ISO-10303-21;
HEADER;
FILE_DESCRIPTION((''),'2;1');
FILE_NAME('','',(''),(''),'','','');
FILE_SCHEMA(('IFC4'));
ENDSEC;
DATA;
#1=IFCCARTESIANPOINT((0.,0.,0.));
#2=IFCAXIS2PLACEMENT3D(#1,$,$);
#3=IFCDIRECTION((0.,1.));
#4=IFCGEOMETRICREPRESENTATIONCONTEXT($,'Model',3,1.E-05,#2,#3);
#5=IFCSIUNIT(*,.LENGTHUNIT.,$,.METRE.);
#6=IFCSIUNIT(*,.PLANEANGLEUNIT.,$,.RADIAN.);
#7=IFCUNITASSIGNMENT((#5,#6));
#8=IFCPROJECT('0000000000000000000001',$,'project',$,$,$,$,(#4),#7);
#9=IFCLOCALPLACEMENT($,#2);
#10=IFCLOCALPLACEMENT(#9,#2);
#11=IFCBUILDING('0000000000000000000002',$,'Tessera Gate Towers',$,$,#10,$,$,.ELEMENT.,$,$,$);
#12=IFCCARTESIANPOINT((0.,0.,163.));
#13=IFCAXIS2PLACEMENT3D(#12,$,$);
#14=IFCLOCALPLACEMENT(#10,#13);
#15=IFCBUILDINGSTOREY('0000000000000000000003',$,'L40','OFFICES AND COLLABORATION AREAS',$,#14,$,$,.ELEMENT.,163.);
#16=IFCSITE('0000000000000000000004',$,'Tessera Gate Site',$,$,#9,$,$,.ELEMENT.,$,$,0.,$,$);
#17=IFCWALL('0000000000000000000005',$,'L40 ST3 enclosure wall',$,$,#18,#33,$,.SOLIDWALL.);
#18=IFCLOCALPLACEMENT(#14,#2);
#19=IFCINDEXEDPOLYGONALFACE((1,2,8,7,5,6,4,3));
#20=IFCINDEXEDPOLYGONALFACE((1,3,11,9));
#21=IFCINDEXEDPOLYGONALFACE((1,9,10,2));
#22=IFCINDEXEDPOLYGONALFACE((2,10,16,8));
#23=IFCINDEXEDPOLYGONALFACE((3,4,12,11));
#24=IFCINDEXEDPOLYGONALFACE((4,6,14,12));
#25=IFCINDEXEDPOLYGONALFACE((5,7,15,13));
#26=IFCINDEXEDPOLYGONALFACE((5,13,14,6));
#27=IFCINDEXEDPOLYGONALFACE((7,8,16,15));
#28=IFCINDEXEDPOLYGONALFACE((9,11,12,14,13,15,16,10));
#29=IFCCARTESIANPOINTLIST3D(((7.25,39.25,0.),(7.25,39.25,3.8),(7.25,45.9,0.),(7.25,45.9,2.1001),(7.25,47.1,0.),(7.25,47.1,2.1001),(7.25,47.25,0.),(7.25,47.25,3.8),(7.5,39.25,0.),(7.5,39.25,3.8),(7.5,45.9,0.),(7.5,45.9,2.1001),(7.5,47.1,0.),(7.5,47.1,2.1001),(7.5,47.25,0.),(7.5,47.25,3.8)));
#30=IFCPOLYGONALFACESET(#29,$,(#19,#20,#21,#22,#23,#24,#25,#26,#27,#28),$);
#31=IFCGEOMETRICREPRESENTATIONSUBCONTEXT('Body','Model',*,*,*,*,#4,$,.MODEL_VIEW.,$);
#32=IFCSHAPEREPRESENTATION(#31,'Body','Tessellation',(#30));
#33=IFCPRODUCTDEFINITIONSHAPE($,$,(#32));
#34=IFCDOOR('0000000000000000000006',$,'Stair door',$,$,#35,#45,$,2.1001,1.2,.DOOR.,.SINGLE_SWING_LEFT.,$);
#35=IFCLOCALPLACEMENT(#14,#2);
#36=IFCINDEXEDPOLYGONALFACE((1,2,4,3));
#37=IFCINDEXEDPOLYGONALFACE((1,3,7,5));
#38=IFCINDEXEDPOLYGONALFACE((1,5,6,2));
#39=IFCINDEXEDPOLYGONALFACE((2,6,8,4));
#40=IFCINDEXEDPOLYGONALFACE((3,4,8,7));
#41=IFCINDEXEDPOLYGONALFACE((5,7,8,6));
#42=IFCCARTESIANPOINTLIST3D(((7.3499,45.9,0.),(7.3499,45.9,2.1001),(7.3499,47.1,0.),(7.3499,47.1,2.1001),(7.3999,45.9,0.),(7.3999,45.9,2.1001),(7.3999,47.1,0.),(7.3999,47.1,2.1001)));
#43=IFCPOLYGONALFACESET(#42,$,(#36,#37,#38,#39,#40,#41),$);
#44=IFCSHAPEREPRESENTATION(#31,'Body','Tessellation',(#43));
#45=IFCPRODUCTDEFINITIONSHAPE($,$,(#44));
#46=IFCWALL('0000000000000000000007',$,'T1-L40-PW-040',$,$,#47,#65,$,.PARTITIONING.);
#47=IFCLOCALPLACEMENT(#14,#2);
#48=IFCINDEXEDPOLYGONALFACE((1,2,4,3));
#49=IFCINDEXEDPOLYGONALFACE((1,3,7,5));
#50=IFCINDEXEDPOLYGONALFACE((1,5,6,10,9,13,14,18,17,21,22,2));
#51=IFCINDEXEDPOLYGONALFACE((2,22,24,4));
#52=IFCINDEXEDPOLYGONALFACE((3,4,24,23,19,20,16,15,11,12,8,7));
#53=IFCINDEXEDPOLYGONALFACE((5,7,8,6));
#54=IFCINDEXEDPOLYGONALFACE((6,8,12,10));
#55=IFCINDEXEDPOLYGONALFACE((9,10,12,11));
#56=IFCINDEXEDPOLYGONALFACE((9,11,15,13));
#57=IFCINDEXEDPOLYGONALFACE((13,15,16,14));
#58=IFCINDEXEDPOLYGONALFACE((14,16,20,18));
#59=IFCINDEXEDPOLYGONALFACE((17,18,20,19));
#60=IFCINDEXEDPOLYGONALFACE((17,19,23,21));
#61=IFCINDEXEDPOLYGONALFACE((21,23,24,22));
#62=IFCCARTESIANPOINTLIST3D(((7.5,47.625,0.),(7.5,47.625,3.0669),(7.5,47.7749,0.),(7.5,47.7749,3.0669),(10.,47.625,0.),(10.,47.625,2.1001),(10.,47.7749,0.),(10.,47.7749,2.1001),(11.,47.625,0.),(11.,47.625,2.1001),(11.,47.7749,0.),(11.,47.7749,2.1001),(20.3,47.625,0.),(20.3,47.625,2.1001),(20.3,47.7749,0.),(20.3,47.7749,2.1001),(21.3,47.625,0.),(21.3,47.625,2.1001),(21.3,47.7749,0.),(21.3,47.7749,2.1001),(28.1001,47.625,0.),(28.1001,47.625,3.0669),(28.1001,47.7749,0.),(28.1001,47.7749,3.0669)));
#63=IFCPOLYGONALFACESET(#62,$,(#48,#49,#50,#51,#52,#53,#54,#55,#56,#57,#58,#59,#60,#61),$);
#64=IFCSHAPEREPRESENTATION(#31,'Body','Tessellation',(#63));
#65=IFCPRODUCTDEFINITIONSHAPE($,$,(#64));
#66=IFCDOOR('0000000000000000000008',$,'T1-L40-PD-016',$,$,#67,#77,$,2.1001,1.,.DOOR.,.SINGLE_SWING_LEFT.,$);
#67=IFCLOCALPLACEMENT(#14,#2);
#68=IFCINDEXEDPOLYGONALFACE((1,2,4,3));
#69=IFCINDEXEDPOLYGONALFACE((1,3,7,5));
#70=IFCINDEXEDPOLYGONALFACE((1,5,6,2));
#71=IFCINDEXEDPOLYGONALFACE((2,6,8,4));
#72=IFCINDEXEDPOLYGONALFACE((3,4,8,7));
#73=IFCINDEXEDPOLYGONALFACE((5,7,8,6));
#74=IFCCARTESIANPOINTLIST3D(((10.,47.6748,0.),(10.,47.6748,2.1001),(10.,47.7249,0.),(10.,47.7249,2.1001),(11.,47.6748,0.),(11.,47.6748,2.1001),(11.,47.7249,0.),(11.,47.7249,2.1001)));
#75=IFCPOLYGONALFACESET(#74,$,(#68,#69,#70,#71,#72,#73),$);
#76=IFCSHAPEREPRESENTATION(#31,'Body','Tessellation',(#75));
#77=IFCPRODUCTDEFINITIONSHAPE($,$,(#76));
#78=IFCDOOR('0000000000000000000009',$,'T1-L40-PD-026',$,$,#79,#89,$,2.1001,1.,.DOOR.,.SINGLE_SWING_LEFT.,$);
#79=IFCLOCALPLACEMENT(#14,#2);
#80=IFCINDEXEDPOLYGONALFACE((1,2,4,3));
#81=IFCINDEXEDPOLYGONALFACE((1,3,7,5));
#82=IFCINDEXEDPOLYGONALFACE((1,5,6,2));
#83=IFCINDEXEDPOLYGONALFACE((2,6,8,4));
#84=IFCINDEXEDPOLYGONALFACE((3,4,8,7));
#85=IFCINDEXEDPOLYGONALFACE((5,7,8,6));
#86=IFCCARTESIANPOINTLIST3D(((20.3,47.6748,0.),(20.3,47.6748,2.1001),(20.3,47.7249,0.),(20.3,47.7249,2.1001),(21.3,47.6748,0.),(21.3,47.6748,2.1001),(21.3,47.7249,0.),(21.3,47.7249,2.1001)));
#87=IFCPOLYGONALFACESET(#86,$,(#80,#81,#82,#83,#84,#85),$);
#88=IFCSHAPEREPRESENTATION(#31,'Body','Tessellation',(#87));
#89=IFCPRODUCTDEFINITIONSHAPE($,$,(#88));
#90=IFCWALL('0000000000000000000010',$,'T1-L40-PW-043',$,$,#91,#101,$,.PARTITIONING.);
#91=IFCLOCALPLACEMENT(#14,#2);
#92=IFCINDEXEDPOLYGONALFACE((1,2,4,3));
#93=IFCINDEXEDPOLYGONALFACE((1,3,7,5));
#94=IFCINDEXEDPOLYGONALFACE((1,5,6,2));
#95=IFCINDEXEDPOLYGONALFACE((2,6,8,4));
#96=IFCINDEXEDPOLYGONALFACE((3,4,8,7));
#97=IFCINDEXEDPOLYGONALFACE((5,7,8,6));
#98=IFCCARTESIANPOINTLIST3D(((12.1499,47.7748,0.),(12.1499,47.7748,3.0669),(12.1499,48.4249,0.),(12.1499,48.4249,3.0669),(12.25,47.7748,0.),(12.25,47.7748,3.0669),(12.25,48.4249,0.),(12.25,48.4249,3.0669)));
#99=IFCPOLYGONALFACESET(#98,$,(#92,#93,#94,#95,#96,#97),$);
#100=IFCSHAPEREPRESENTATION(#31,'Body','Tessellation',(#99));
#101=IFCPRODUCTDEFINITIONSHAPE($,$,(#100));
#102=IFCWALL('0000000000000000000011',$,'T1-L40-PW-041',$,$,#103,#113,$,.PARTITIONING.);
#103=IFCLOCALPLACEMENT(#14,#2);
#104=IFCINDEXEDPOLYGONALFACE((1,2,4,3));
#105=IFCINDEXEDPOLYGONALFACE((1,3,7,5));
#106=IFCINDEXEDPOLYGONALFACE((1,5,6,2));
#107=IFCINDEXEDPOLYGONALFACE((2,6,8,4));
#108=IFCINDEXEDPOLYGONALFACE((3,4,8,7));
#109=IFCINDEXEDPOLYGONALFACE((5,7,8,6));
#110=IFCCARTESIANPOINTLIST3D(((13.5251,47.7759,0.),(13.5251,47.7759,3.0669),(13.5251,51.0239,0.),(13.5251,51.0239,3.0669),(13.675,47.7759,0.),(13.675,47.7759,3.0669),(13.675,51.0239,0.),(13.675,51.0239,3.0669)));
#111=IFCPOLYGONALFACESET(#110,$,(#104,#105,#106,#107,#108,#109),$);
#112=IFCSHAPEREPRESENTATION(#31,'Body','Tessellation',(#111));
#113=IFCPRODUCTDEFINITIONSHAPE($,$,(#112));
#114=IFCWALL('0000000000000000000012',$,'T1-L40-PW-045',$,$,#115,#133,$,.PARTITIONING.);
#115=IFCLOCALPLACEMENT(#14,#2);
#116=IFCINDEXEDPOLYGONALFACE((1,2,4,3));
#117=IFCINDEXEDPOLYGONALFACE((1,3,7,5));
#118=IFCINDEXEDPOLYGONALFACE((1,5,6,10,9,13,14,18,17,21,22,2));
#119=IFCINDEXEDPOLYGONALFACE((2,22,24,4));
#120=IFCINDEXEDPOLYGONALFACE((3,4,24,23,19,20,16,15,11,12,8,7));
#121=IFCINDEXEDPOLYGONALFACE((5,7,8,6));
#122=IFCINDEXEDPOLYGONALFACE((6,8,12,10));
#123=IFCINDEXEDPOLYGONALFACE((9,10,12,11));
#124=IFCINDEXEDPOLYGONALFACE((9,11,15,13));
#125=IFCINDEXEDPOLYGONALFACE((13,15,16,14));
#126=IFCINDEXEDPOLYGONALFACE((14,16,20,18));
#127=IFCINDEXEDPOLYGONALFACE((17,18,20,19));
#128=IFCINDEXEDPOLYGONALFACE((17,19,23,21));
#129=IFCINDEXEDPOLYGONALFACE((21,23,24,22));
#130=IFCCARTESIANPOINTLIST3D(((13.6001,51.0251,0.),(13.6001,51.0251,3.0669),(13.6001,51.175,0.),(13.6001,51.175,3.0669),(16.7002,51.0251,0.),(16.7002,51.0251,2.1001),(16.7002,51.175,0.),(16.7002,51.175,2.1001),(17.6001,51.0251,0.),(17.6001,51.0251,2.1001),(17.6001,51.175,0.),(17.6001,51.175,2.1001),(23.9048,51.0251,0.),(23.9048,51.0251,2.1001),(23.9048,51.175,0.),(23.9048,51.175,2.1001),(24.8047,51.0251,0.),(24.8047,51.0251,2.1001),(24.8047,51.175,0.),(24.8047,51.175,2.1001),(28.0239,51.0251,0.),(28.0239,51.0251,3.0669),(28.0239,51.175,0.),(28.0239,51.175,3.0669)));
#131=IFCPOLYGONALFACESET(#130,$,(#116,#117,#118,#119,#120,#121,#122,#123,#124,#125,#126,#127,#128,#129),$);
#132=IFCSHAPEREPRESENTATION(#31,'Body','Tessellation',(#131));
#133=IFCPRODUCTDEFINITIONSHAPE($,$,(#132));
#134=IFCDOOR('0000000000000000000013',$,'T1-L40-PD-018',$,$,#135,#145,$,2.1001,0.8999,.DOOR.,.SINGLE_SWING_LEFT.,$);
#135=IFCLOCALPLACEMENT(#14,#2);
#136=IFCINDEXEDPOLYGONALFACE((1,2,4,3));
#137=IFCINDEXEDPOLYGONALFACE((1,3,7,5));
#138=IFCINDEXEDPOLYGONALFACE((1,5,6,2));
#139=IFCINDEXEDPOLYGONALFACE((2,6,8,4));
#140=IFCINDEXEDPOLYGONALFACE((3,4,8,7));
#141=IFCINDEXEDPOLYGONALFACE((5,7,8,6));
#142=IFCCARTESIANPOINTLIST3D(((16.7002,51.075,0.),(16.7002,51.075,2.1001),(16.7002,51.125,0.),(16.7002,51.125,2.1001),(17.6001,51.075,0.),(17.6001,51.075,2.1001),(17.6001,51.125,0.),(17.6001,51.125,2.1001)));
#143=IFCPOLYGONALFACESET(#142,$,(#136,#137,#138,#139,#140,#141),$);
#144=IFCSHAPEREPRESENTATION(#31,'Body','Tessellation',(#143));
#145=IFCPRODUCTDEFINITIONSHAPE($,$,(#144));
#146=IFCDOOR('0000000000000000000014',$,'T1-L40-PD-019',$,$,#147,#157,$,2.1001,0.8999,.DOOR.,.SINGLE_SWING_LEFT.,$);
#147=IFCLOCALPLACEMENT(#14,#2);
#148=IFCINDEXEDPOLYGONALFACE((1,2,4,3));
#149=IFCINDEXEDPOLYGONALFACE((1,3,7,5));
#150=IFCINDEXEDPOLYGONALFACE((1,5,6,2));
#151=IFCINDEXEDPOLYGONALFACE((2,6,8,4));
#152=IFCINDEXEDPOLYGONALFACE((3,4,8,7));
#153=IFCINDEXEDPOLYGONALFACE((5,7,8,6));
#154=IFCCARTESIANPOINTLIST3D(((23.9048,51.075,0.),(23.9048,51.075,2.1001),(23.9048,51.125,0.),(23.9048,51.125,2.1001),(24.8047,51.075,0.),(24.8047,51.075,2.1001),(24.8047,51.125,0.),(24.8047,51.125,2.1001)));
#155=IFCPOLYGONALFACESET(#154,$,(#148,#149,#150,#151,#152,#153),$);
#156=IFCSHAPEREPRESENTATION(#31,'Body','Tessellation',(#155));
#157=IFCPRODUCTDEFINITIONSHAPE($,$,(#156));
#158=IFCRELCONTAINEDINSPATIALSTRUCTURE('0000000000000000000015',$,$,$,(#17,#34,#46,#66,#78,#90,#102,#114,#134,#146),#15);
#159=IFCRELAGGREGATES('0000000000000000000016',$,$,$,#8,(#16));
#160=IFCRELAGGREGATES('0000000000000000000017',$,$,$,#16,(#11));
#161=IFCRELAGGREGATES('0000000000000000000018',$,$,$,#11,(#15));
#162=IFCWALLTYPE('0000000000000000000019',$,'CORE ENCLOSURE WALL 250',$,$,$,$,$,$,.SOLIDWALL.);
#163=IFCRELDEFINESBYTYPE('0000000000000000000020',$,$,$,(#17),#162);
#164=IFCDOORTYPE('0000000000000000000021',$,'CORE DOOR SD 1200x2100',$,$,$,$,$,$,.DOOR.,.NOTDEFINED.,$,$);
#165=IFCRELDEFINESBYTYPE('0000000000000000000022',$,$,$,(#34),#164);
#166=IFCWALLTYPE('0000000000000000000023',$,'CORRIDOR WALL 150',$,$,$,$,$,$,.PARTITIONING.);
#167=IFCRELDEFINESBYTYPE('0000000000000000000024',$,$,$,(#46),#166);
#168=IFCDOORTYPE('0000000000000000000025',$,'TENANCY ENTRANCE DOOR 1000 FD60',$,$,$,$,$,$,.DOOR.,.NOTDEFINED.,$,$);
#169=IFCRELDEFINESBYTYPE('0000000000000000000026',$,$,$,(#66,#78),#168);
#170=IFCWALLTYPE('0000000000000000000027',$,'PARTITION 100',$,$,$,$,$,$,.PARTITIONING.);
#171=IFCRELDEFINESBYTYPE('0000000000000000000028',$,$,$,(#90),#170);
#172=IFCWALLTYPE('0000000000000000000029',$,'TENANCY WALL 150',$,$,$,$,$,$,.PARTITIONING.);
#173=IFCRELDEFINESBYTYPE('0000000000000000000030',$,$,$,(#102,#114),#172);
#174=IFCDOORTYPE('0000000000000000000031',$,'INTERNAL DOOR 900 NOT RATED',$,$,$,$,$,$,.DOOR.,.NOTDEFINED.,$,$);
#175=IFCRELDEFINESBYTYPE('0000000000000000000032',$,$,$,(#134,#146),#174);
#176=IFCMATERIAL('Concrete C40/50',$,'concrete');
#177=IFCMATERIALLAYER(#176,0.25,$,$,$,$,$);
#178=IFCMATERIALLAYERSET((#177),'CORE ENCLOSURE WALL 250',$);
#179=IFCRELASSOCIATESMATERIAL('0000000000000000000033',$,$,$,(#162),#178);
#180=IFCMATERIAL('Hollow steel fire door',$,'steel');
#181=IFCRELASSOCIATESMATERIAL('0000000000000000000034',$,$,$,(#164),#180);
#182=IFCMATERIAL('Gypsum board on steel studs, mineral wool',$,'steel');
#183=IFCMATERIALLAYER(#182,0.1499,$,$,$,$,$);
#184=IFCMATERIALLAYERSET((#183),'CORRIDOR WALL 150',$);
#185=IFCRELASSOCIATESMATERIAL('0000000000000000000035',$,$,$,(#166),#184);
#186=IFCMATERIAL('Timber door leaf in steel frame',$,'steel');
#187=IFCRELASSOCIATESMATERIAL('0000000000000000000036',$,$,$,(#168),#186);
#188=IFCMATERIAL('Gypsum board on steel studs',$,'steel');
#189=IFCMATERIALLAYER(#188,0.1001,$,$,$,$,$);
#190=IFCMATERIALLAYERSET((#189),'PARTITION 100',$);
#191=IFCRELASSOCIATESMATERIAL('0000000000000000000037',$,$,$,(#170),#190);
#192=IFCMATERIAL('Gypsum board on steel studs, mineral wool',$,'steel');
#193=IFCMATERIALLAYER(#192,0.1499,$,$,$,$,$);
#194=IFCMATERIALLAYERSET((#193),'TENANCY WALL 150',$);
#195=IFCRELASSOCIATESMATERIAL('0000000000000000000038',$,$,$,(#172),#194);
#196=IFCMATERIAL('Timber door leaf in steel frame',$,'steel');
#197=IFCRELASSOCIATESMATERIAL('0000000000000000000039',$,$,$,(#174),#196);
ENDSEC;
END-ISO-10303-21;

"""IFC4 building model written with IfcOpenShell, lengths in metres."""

from ifc_helpers import new_model, si_unit, direction, frame, frame_2d, origin, place, context, subcontext, project, spatial, rectangle, extrude, source, transform, mapped, material, layer, layer_set, type_object, element, fill, save


model = new_model("IFC4")

# Units and contexts
model_context = context("Model", 3, precision=1e-05, world=origin(), true_north=direction((0.0, 1.0)))
body_context = subcontext(model_context, "Body", "Model", "MODEL_VIEW")
ifc_project = project(units=[si_unit("LENGTHUNIT", "METRE"), si_unit("PLANEANGLEUNIT", "RADIAN")], contexts=[model_context])

# Site, building, storey
site_placement = place(None, origin())
site = spatial("IfcSite", under=ifc_project, at=site_placement, Name="Tessera Gate Site", CompositionType="ELEMENT", RefElevation=0.0)
building_placement = place(site_placement, origin())
building = spatial("IfcBuilding", under=site, at=building_placement, Name="Tessera Gate Towers", CompositionType="ELEMENT")
storey_placement = place(building_placement, frame((0.0, 0.0, 163.0)))
storey = spatial("IfcBuildingStorey", under=building, at=storey_placement, Name="L40", Description="OFFICES AND COLLABORATION AREAS", CompositionType="ELEMENT", Elevation=163.0)

# Shared definitions
ifc_material_1 = material(Name="Concrete C40/50", Category="concrete")
ifc_layer_1 = layer(ifc_material_1, 0.25)
ifc_layer_set_1 = layer_set([ifc_layer_1], Name="CORE ENCLOSURE WALL 250")
wall_type_1 = type_object("IfcWallType", Name="CORE ENCLOSURE WALL 250", PredefinedType="SOLIDWALL", material=ifc_layer_set_1)

# Wall, opening, door
wall_1_placement = place(storey_placement, frame((7.375, 47.25, 0.0), z_axis=(0.0, 0.0, 1.0), x_axis=(0.0, -1.0, 0.0)))
wall_1 = element("IfcWall", 1, at=wall_1_placement, inside=storey, type_object=wall_type_1, Name="L40 ST3 enclosure wall", PredefinedType="SOLIDWALL", context=body_context, shape_type="SweptSolid", body=[
    extrude(rectangle(XDim=8.0, YDim=0.25, at=frame_2d((4.0, 0.0))), origin(), (0.0, 0.0, 1.0), 3.8),
])
shared_shape_1 = source(origin(), body_context, "Body", "SweptSolid", [
    extrude(rectangle(XDim=1.2, YDim=2.1001, at=frame_2d((0.6001, 1.05))), frame((0.0, 0.135, 0.0), z_axis=(0.0, -1.0, 0.0), x_axis=(1.0, 0.0, 0.0)), (0.0, 0.0, 1.0), 0.27),
])
opening_1_placement = place(wall_1_placement, frame((0.1499, 0.0, 0.0)))
opening_1 = element("IfcOpeningElement", 2, at=opening_1_placement, cuts=wall_1, PredefinedType="OPENING", context=body_context, shape_type="MappedRepresentation", body=[
    mapped(shared_shape_1, transform((0.0, 0.0, 0.0), scale=1.0)),
])
ifc_material_2 = material(Name="Hollow steel fire door", Category="steel")
door_type_1 = type_object("IfcDoorType", Name="CORE DOOR SD 1200x2100", OperationType="NOTDEFINED", PredefinedType="DOOR", material=ifc_material_2)
shared_shape_2 = source(origin(), body_context, "Body", "SweptSolid", [
    extrude(rectangle(XDim=1.2, YDim=2.1001, at=frame_2d((0.6001, 1.05))), frame((0.0, 0.0249, 0.0), z_axis=(0.0, -1.0, 0.0), x_axis=(1.0, 0.0, 0.0)), (0.0, 0.0, 1.0), 0.05),
])
door_1_placement = place(opening_1_placement, origin())
door_1 = element("IfcDoor", 3, at=door_1_placement, inside=storey, type_object=door_type_1, Name="Stair door", OperationType="SINGLE_SWING_LEFT", OverallHeight=2.1001, OverallWidth=1.2, PredefinedType="DOOR", context=body_context, shape_type="MappedRepresentation", body=[
    mapped(shared_shape_2, transform((0.0, 0.0, 0.0), scale=1.0)),
])
fill(opening_1, door_1)

# Wall, openings, doors
ifc_material_3 = material(Name="Gypsum board on steel studs, mineral wool", Category="steel")
ifc_layer_2 = layer(ifc_material_3, 0.1499)
ifc_layer_set_2 = layer_set([ifc_layer_2], Name="CORRIDOR WALL 150")
wall_type_2 = type_object("IfcWallType", Name="CORRIDOR WALL 150", PredefinedType="PARTITIONING", material=ifc_layer_set_2)
wall_2_placement = place(storey_placement, frame((7.5, 47.7, 0.0), z_axis=(0.0, 0.0, 1.0), x_axis=(1.0, 0.0, 0.0)))
wall_2 = element("IfcWall", 4, at=wall_2_placement, inside=storey, type_object=wall_type_2, Name="T1-L40-PW-040", PredefinedType="PARTITIONING", context=body_context, shape_type="SweptSolid", body=[
    extrude(rectangle(XDim=20.6001, YDim=0.1499, at=frame_2d((10.3, 0.0))), origin(), (0.0, 0.0, 1.0), 3.0669),
])
shared_shape_3 = source(origin(), body_context, "Body", "SweptSolid", [
    extrude(rectangle(XDim=1.0, YDim=2.1001, at=frame_2d((0.5, 1.05))), frame((0.0, 0.085, 0.0), z_axis=(0.0, -1.0, 0.0), x_axis=(1.0, 0.0, 0.0)), (0.0, 0.0, 1.0), 0.1699),
])
opening_2_placement = place(wall_2_placement, frame((2.5, 0.0, 0.0)))
opening_2 = element("IfcOpeningElement", 5, at=opening_2_placement, cuts=wall_2, PredefinedType="OPENING", context=body_context, shape_type="MappedRepresentation", body=[
    mapped(shared_shape_3, transform((0.0, 0.0, 0.0), scale=1.0)),
])
opening_3_placement = place(wall_2_placement, frame((12.8, 0.0, 0.0)))
opening_3 = element("IfcOpeningElement", 6, at=opening_3_placement, cuts=wall_2, PredefinedType="OPENING", context=body_context, shape_type="MappedRepresentation", body=[
    mapped(shared_shape_3, transform((0.0, 0.0, 0.0), scale=1.0)),
])
ifc_material_4 = material(Name="Timber door leaf in steel frame", Category="steel")
door_type_2 = type_object("IfcDoorType", Name="TENANCY ENTRANCE DOOR 1000 FD60", OperationType="NOTDEFINED", PredefinedType="DOOR", material=ifc_material_4)
shared_shape_4 = source(origin(), body_context, "Body", "SweptSolid", [
    extrude(rectangle(XDim=1.0, YDim=2.1001, at=frame_2d((0.5, 1.05))), frame((0.0, 0.0249, 0.0), z_axis=(0.0, -1.0, 0.0), x_axis=(1.0, 0.0, 0.0)), (0.0, 0.0, 1.0), 0.05),
])
door_2_placement = place(opening_2_placement, origin())
door_2 = element("IfcDoor", 7, at=door_2_placement, inside=storey, type_object=door_type_2, Name="T1-L40-PD-016", OperationType="SINGLE_SWING_LEFT", OverallHeight=2.1001, OverallWidth=1.0, PredefinedType="DOOR", context=body_context, shape_type="MappedRepresentation", body=[
    mapped(shared_shape_4, transform((0.0, 0.0, 0.0), scale=1.0)),
])
fill(opening_2, door_2)
door_3_placement = place(opening_3_placement, origin())
door_3 = element("IfcDoor", 8, at=door_3_placement, inside=storey, type_object=door_type_2, Name="T1-L40-PD-026", OperationType="SINGLE_SWING_LEFT", OverallHeight=2.1001, OverallWidth=1.0, PredefinedType="DOOR", context=body_context, shape_type="MappedRepresentation", body=[
    mapped(shared_shape_4, transform((0.0, 0.0, 0.0), scale=1.0)),
])
fill(opening_3, door_3)

# Walls
ifc_material_5 = material(Name="Gypsum board on steel studs", Category="steel")
ifc_layer_3 = layer(ifc_material_5, 0.1001)
ifc_layer_set_3 = layer_set([ifc_layer_3], Name="PARTITION 100")
wall_type_3 = type_object("IfcWallType", Name="PARTITION 100", PredefinedType="PARTITIONING", material=ifc_layer_set_3)
wall_3_placement = place(storey_placement, frame((12.2, 48.425, 0.0), z_axis=(0.0, 0.0, 1.0), x_axis=(0.0, -1.0, 0.0)))
element("IfcWall", 9, at=wall_3_placement, inside=storey, type_object=wall_type_3, Name="T1-L40-PW-043", PredefinedType="PARTITIONING", context=body_context, shape_type="SweptSolid", body=[
    extrude(rectangle(XDim=0.6501, YDim=0.1001, at=frame_2d((0.3252, 0.0))), origin(), (0.0, 0.0, 1.0), 3.0669),
])
ifc_material_6 = material(Name="Gypsum board on steel studs, mineral wool", Category="steel")
ifc_layer_4 = layer(ifc_material_6, 0.1499)
ifc_layer_set_4 = layer_set([ifc_layer_4], Name="TENANCY WALL 150")
wall_type_4 = type_object("IfcWallType", Name="TENANCY WALL 150", PredefinedType="PARTITIONING", material=ifc_layer_set_4)
wall_4_placement = place(storey_placement, frame((13.6001, 47.7759, 0.0), z_axis=(0.0, 0.0, 1.0), x_axis=(0.0, 1.0, 0.0)))
element("IfcWall", 10, at=wall_4_placement, inside=storey, type_object=wall_type_4, Name="T1-L40-PW-041", PredefinedType="PARTITIONING", context=body_context, shape_type="SweptSolid", body=[
    extrude(rectangle(XDim=3.248, YDim=0.1499, at=frame_2d((1.624, 0.0))), origin(), (0.0, 0.0, 1.0), 3.0669),
])

# Wall, openings, doors
wall_5_placement = place(storey_placement, frame((13.6001, 51.1001, 0.0), z_axis=(0.0, 0.0, 1.0), x_axis=(1.0, 0.0, 0.0)))
wall_5 = element("IfcWall", 11, at=wall_5_placement, inside=storey, type_object=wall_type_4, Name="T1-L40-PW-045", PredefinedType="PARTITIONING", context=body_context, shape_type="SweptSolid", body=[
    extrude(rectangle(XDim=14.4238, YDim=0.1499, at=frame_2d((7.2119, 0.0))), origin(), (0.0, 0.0, 1.0), 3.0669),
])
shared_shape_5 = source(origin(), body_context, "Body", "SweptSolid", [
    extrude(rectangle(XDim=0.8999, YDim=2.1001, at=frame_2d((0.45, 1.05))), frame((0.0, 0.085, 0.0), z_axis=(0.0, -1.0, 0.0), x_axis=(1.0, 0.0, 0.0)), (0.0, 0.0, 1.0), 0.1699),
])
opening_4_placement = place(wall_5_placement, frame((3.1001, 0.0, 0.0)))
opening_4 = element("IfcOpeningElement", 12, at=opening_4_placement, cuts=wall_5, PredefinedType="OPENING", context=body_context, shape_type="MappedRepresentation", body=[
    mapped(shared_shape_5, transform((0.0, 0.0, 0.0), scale=1.0)),
])
opening_5_placement = place(wall_5_placement, frame((10.3047, 0.0, 0.0)))
opening_5 = element("IfcOpeningElement", 13, at=opening_5_placement, cuts=wall_5, PredefinedType="OPENING", context=body_context, shape_type="MappedRepresentation", body=[
    mapped(shared_shape_5, transform((0.0, 0.0, 0.0), scale=1.0)),
])
ifc_material_7 = material(Name="Timber door leaf in steel frame", Category="steel")
door_type_3 = type_object("IfcDoorType", Name="INTERNAL DOOR 900 NOT RATED", OperationType="NOTDEFINED", PredefinedType="DOOR", material=ifc_material_7)
shared_shape_6 = source(origin(), body_context, "Body", "SweptSolid", [
    extrude(rectangle(XDim=0.8999, YDim=2.1001, at=frame_2d((0.45, 1.05))), frame((0.0, 0.0249, 0.0), z_axis=(0.0, -1.0, 0.0), x_axis=(1.0, 0.0, 0.0)), (0.0, 0.0, 1.0), 0.05),
])
door_4_placement = place(opening_4_placement, origin())
door_4 = element("IfcDoor", 14, at=door_4_placement, inside=storey, type_object=door_type_3, Name="T1-L40-PD-018", OperationType="SINGLE_SWING_LEFT", OverallHeight=2.1001, OverallWidth=0.8999, PredefinedType="DOOR", context=body_context, shape_type="MappedRepresentation", body=[
    mapped(shared_shape_6, transform((0.0, 0.0, 0.0), scale=1.0)),
])
fill(opening_4, door_4)
door_5_placement = place(opening_5_placement, origin())
door_5 = element("IfcDoor", 15, at=door_5_placement, inside=storey, type_object=door_type_3, Name="T1-L40-PD-019", OperationType="SINGLE_SWING_LEFT", OverallHeight=2.1001, OverallWidth=0.8999, PredefinedType="DOOR", context=body_context, shape_type="MappedRepresentation", body=[
    mapped(shared_shape_6, transform((0.0, 0.0, 0.0), scale=1.0)),
])
fill(opening_5, door_5)

save(model, "model.ifc")
